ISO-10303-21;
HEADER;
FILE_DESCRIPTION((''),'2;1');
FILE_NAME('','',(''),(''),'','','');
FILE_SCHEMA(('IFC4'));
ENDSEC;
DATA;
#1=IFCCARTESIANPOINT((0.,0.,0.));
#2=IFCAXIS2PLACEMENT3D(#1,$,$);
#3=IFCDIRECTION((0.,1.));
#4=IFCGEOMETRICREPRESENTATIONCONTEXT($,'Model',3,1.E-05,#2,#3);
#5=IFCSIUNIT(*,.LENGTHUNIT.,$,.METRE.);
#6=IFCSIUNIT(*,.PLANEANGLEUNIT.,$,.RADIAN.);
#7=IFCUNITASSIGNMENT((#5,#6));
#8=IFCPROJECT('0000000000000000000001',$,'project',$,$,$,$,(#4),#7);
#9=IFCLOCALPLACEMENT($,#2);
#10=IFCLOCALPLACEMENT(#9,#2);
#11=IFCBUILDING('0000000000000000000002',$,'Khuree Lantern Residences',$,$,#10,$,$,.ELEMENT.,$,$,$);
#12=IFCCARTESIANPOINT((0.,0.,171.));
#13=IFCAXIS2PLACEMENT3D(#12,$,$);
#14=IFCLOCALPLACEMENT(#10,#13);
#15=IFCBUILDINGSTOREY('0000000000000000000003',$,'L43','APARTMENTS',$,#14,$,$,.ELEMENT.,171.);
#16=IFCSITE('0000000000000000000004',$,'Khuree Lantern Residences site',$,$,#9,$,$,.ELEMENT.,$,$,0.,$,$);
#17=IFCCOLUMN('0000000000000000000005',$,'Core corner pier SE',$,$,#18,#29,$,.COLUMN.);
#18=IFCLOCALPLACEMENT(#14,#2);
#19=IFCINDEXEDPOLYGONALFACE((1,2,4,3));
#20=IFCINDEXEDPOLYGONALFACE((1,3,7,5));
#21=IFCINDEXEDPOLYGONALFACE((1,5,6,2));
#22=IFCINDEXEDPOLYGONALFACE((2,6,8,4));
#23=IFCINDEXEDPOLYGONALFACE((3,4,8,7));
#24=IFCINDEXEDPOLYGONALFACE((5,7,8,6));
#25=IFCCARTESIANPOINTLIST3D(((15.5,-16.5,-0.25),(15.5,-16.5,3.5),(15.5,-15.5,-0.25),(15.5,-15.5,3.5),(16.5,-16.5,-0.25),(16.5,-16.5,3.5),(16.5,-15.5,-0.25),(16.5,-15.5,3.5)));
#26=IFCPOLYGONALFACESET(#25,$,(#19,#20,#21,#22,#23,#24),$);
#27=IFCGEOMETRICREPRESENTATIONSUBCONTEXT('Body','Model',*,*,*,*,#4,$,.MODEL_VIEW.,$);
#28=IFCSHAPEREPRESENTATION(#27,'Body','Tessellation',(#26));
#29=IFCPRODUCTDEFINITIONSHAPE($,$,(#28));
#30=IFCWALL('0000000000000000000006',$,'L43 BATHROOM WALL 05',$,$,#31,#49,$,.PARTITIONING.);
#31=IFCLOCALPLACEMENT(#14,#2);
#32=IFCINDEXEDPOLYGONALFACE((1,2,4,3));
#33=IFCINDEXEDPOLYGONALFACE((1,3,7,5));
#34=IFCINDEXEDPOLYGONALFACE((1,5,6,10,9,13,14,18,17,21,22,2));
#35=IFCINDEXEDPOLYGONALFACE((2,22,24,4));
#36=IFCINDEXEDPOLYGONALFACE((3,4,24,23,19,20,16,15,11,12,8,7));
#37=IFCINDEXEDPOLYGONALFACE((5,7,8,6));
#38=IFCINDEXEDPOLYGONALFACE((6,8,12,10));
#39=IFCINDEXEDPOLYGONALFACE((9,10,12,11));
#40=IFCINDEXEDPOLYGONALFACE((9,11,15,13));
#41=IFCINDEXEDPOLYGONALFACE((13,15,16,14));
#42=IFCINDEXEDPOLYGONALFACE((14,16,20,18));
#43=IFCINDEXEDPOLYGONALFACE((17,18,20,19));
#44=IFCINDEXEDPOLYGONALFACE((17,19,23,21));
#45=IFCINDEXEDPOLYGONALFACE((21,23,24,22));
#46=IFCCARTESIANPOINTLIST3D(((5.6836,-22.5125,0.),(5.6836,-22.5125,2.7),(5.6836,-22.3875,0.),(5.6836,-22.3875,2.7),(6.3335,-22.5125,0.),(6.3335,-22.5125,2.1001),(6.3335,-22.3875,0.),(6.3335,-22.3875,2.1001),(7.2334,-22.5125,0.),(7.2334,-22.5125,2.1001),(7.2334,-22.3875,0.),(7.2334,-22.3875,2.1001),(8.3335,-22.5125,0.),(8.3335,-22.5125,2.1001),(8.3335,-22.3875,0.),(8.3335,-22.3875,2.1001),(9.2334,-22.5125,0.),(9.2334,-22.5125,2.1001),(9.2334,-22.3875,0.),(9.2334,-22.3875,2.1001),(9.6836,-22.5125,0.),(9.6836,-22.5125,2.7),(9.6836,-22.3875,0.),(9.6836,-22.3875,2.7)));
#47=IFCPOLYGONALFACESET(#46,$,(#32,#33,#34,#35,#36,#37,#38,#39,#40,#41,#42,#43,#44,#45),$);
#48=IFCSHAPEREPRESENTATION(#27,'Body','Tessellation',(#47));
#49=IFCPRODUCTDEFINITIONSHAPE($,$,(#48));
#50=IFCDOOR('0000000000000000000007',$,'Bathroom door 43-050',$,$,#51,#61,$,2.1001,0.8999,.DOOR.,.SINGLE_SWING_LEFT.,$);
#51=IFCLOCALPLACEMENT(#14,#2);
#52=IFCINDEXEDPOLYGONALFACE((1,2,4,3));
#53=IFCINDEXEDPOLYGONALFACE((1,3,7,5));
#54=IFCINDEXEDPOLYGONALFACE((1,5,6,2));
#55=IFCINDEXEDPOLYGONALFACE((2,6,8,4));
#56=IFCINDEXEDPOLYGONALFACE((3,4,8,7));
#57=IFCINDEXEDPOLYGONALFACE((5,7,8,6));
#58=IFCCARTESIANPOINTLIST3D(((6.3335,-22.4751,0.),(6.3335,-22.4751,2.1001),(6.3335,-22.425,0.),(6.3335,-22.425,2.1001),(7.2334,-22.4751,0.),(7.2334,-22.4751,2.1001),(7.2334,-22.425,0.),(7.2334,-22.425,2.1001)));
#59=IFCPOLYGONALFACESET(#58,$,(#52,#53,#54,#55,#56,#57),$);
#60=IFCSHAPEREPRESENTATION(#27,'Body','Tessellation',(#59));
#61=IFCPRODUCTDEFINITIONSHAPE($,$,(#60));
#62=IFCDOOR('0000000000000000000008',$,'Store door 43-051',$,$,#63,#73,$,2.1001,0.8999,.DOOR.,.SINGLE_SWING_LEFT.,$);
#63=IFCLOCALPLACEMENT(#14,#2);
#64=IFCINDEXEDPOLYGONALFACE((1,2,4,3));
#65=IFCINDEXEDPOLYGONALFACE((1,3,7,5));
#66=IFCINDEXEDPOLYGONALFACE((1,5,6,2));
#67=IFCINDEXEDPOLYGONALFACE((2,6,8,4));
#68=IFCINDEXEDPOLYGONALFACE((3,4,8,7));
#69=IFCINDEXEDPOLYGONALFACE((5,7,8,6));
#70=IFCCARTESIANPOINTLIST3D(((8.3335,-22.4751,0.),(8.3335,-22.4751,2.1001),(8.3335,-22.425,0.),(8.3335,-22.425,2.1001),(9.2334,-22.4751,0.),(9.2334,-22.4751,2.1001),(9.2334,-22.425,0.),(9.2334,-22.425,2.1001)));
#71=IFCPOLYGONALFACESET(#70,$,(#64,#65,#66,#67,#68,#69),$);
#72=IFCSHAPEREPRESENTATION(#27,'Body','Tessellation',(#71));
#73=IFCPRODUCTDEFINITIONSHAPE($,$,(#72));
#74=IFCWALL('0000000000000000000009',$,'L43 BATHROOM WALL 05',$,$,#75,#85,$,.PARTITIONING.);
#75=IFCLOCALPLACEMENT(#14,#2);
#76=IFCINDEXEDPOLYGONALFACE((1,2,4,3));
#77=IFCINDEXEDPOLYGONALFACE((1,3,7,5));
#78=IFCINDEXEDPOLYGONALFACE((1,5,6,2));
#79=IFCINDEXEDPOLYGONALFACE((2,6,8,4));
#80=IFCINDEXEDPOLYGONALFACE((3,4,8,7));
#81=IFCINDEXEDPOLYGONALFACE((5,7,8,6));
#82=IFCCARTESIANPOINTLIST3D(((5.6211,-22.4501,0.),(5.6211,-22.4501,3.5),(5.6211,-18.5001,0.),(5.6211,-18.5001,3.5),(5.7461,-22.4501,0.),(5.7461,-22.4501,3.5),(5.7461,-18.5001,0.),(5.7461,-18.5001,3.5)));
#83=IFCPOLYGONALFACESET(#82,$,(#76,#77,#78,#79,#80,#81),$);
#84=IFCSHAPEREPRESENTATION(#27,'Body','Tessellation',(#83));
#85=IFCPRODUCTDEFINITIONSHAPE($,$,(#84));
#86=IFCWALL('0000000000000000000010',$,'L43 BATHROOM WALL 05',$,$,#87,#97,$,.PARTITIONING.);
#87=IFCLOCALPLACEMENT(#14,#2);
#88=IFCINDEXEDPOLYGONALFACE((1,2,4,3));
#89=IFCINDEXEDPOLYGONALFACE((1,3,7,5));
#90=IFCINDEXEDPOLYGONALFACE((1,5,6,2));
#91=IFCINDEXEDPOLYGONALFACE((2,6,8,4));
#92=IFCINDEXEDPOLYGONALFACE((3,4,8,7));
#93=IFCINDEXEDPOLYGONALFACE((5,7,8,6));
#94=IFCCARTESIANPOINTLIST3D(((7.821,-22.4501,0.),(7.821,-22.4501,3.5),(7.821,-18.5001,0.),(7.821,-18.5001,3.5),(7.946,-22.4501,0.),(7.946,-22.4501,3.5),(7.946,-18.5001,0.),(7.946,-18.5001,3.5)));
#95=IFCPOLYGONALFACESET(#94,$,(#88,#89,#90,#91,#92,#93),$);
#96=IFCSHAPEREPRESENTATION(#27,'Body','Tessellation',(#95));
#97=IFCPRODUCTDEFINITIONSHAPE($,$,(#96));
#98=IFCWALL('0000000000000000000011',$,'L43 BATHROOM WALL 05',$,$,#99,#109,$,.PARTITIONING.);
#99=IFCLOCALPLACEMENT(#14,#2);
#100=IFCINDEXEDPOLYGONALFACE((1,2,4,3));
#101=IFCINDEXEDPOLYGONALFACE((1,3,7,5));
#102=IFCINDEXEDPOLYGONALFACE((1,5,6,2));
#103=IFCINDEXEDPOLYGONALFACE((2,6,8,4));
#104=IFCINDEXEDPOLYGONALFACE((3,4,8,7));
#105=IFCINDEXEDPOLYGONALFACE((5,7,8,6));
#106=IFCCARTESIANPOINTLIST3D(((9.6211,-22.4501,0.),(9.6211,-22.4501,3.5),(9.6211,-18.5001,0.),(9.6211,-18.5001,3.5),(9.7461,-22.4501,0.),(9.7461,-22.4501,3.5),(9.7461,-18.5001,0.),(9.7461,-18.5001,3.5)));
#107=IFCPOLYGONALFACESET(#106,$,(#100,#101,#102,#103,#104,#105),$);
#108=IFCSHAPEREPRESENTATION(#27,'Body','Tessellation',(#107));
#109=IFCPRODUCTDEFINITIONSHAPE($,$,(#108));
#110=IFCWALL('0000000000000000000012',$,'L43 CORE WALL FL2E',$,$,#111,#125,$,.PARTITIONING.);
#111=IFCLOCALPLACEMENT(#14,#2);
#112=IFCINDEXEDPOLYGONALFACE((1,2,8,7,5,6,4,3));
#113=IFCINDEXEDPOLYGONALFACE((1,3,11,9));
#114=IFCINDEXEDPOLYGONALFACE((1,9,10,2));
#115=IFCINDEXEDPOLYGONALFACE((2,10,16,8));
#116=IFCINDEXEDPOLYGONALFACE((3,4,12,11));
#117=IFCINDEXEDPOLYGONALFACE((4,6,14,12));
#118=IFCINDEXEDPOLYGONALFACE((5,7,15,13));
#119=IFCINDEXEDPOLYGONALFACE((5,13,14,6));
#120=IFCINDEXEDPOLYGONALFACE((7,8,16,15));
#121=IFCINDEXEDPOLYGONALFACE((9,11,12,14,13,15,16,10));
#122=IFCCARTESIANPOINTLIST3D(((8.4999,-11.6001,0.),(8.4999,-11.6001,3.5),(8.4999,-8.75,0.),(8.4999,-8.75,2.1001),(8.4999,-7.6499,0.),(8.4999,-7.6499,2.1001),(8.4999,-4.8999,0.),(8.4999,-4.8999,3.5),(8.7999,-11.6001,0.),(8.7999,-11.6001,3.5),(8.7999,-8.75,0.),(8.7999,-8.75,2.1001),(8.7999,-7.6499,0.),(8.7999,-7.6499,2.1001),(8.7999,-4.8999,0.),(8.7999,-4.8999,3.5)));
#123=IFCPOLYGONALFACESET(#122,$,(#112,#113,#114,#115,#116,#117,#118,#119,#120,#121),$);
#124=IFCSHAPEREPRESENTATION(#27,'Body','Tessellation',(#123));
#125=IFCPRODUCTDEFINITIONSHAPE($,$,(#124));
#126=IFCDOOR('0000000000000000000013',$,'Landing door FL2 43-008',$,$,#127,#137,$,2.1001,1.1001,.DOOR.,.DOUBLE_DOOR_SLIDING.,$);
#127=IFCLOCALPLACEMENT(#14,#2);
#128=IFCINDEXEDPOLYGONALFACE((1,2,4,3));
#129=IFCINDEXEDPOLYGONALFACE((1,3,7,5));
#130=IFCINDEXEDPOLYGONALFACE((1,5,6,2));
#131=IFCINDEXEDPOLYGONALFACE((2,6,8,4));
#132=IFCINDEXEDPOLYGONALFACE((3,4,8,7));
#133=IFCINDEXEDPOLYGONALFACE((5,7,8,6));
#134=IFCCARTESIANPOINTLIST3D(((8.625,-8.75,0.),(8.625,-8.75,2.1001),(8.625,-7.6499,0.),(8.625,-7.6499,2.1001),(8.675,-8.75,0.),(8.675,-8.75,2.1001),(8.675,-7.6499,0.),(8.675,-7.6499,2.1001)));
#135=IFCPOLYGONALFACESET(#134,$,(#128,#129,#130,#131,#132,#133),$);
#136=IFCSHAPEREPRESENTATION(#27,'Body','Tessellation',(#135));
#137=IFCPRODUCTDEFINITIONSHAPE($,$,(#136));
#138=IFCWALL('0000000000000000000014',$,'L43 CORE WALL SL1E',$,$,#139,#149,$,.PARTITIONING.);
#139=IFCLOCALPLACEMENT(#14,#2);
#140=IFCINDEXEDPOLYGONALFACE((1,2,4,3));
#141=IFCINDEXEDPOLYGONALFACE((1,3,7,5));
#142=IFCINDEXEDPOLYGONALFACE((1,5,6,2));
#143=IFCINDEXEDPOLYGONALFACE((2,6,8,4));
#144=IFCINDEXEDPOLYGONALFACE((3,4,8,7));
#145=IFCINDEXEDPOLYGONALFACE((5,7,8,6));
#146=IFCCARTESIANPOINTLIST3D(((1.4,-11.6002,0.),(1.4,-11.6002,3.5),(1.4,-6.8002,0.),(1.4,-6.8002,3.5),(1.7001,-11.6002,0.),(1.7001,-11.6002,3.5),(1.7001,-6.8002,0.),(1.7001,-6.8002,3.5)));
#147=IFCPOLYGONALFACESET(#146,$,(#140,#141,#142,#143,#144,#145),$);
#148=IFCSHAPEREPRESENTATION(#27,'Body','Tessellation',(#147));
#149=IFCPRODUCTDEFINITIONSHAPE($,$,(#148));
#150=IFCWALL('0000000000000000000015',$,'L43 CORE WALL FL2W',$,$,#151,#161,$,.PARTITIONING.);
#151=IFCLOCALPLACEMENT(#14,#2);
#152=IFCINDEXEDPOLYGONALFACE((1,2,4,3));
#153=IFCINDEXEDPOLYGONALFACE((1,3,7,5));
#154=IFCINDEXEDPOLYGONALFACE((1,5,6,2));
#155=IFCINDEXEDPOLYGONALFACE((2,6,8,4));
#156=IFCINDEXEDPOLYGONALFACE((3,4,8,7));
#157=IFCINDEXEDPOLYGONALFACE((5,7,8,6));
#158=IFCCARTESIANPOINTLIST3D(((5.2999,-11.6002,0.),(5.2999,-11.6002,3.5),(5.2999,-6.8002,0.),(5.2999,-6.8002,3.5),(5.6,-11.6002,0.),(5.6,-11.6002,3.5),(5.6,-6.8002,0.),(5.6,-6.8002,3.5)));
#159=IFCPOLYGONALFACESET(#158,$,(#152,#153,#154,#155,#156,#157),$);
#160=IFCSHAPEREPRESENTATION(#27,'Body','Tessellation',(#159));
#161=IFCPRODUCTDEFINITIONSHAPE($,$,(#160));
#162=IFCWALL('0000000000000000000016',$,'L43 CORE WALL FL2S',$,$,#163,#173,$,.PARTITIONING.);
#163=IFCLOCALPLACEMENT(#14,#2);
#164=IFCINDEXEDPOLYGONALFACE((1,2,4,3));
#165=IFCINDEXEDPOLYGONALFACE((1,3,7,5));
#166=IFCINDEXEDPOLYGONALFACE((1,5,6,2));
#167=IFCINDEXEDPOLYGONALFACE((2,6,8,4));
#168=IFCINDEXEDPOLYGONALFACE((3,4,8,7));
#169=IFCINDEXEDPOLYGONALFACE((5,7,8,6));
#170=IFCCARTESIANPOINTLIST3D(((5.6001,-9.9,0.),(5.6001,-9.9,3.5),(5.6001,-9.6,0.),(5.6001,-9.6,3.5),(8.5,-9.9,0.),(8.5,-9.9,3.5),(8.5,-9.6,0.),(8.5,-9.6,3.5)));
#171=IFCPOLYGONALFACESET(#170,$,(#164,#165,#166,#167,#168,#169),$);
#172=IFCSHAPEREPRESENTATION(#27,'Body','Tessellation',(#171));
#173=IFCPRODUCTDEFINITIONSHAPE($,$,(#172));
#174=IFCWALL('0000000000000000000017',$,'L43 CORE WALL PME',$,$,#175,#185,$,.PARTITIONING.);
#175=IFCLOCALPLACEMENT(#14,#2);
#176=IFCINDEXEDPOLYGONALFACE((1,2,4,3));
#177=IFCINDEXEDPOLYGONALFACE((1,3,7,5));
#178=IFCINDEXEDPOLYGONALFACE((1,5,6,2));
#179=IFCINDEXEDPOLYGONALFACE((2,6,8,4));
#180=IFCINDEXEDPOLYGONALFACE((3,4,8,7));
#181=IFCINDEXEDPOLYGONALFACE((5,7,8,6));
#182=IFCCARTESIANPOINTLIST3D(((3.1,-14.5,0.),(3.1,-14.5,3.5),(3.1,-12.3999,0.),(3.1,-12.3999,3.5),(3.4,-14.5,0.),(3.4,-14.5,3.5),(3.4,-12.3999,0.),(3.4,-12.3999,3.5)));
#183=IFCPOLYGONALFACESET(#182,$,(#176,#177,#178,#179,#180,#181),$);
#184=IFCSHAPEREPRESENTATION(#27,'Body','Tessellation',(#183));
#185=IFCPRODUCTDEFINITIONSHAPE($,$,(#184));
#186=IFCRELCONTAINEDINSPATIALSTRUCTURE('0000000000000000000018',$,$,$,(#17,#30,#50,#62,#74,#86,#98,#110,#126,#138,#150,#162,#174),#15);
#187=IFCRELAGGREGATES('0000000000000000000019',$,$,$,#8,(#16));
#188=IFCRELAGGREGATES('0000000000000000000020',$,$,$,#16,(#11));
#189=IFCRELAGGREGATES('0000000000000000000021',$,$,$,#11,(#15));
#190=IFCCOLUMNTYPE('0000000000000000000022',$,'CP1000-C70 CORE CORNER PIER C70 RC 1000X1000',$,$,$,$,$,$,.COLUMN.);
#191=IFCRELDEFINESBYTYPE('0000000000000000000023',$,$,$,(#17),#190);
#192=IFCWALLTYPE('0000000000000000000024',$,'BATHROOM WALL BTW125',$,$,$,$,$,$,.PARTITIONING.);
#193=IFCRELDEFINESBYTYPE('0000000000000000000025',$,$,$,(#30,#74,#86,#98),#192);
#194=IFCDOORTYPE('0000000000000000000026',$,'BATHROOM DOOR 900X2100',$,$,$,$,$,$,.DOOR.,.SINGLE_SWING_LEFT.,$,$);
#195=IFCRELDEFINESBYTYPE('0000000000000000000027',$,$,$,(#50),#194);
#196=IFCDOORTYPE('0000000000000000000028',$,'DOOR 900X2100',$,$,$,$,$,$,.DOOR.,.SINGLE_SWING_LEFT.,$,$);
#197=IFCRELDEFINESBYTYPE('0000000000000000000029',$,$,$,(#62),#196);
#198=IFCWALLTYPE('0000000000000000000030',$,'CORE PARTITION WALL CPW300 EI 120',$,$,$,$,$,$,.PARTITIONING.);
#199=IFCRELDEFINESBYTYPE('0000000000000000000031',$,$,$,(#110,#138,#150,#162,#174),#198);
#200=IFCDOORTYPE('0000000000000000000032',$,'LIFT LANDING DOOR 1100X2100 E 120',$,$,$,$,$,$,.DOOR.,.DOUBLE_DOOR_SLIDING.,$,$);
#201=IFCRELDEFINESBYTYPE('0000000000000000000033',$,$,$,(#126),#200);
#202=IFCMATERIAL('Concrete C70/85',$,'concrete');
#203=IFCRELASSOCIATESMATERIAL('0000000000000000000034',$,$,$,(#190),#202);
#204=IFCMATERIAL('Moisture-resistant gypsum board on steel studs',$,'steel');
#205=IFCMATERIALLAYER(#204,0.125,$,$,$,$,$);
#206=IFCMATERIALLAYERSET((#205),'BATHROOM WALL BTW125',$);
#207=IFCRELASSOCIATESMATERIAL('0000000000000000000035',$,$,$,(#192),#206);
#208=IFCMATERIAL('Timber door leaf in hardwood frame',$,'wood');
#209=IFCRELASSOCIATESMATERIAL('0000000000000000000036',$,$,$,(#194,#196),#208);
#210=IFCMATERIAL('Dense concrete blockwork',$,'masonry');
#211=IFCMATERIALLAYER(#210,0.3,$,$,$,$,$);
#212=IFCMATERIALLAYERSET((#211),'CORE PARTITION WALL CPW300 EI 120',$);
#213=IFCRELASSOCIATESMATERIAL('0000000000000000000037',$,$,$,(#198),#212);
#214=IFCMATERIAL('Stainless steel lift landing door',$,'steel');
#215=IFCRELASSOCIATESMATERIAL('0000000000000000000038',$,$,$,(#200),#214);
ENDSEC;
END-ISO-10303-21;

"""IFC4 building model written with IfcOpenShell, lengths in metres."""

from ifc_helpers import new_model, si_unit, direction, frame, frame_2d, origin, origin_2d, place, context, subcontext, project, spatial, rectangle, extrude, material, layer, layer_set, material_profile, profile_set, type_object, element, fill, save


model = new_model("IFC4")

# Units and contexts
model_context = context("Model", 3, precision=1e-05, world=origin(), true_north=direction((0.0, 1.0)))
body_context = subcontext(model_context, "Body", "Model", "MODEL_VIEW")
ifc_project = project(units=[si_unit("LENGTHUNIT", "METRE"), si_unit("PLANEANGLEUNIT", "RADIAN")], contexts=[model_context])

# Site, building, storey
site_placement = place(None, origin())
site = spatial("IfcSite", under=ifc_project, at=site_placement, Name="Khuree Lantern Residences site", CompositionType="ELEMENT", RefElevation=0.0)
building_placement = place(site_placement, origin())
building = spatial("IfcBuilding", under=site, at=building_placement, Name="Khuree Lantern Residences", CompositionType="ELEMENT")
storey_placement = place(building_placement, frame((0.0, 0.0, 171.0)))
storey = spatial("IfcBuildingStorey", under=building, at=storey_placement, Name="L43", Description="APARTMENTS", CompositionType="ELEMENT", Elevation=171.0)

# Column
ifc_material_1 = material(Name="Concrete C70/85", Category="concrete")
ifc_material_profile = material_profile(ifc_material_1, rectangle(XDim=1.0, YDim=1.0, at=origin_2d()), Name="RC 1000X1000")
ifc_profile_set = profile_set([ifc_material_profile], Name="Concrete C70/85")
column_type = type_object("IfcColumnType", Name="CP1000-C70 CORE CORNER PIER C70 RC 1000X1000", PredefinedType="COLUMN", material=ifc_profile_set)
column_placement = place(storey_placement, frame((16.0, -16.0, -0.25), z_axis=(0.0, 0.0, 1.0), x_axis=(1.0, 0.0, 0.0)))
element("IfcColumn", 1, at=column_placement, inside=storey, type_object=column_type, Name="Core corner pier SE", PredefinedType="COLUMN", context=body_context, shape_type="SweptSolid", body=[
    extrude(rectangle(XDim=1.0, YDim=1.0, at=origin_2d()), origin(), (0.0, 0.0, 1.0), 3.75),
])

# Wall, openings, doors
ifc_material_2 = material(Name="Moisture-resistant gypsum board on steel studs", Category="steel")
ifc_layer_1 = layer(ifc_material_2, 0.125)
ifc_layer_set_1 = layer_set([ifc_layer_1], Name="BATHROOM WALL BTW125")
wall_type_1 = type_object("IfcWallType", Name="BATHROOM WALL BTW125", PredefinedType="PARTITIONING", material=ifc_layer_set_1)
wall_1_placement = place(storey_placement, frame((5.6836, -22.45, 0.0), z_axis=(0.0, 0.0, 1.0), x_axis=(1.0, 0.0, 0.0)))
wall_1 = element("IfcWall", 2, at=wall_1_placement, inside=storey, type_object=wall_type_1, Name="L43 BATHROOM WALL 05", PredefinedType="PARTITIONING", context=body_context, shape_type="SweptSolid", body=[
    extrude(rectangle(XDim=4.0, YDim=0.125, at=frame_2d((2.0, 0.0))), origin(), (0.0, 0.0, 1.0), 2.7),
])
opening_1_placement = place(wall_1_placement, frame((0.6499, 0.0, 0.0)))
opening_1 = element("IfcOpeningElement", 3, at=opening_1_placement, cuts=wall_1, PredefinedType="OPENING", context=body_context, shape_type="SweptSolid", body=[
    extrude(rectangle(XDim=0.8999, YDim=2.1001, at=frame_2d((0.45, 1.05))), frame((0.0, 0.0725, 0.0), z_axis=(0.0, -1.0, 0.0), x_axis=(1.0, 0.0, 0.0)), (0.0, 0.0, 1.0), 0.145),
])
opening_2_placement = place(wall_1_placement, frame((2.6499, 0.0, 0.0)))
opening_2 = element("IfcOpeningElement", 4, at=opening_2_placement, cuts=wall_1, PredefinedType="OPENING", context=body_context, shape_type="SweptSolid", body=[
    extrude(rectangle(XDim=0.8999, YDim=2.1001, at=frame_2d((0.45, 1.05))), frame((0.0, 0.0725, 0.0), z_axis=(0.0, -1.0, 0.0), x_axis=(1.0, 0.0, 0.0)), (0.0, 0.0, 1.0), 0.145),
])
ifc_material_3 = material(Name="Timber door leaf in hardwood frame", Category="wood")
door_type_1 = type_object("IfcDoorType", Name="BATHROOM DOOR 900X2100", OperationType="SINGLE_SWING_LEFT", PredefinedType="DOOR", material=ifc_material_3)
door_1_placement = place(opening_1_placement, origin())
door_1 = element("IfcDoor", 5, at=door_1_placement, inside=storey, type_object=door_type_1, Name="Bathroom door 43-050", OperationType="SINGLE_SWING_LEFT", OverallHeight=2.1001, OverallWidth=0.8999, PredefinedType="DOOR", context=body_context, shape_type="SweptSolid", body=[
    extrude(rectangle(XDim=0.8999, YDim=2.1001, at=frame_2d((0.45, 1.05))), frame((0.0, 0.0249, 0.0), z_axis=(0.0, -1.0, 0.0), x_axis=(1.0, 0.0, 0.0)), (0.0, 0.0, 1.0), 0.05),
])
fill(opening_1, door_1)
door_type_2 = type_object("IfcDoorType", Name="DOOR 900X2100", OperationType="SINGLE_SWING_LEFT", PredefinedType="DOOR", material=ifc_material_3)
door_2_placement = place(opening_2_placement, origin())
door_2 = element("IfcDoor", 6, at=door_2_placement, inside=storey, type_object=door_type_2, Name="Store door 43-051", OperationType="SINGLE_SWING_LEFT", OverallHeight=2.1001, OverallWidth=0.8999, PredefinedType="DOOR", context=body_context, shape_type="SweptSolid", body=[
    extrude(rectangle(XDim=0.8999, YDim=2.1001, at=frame_2d((0.45, 1.05))), frame((0.0, 0.0249, 0.0), z_axis=(0.0, -1.0, 0.0), x_axis=(1.0, 0.0, 0.0)), (0.0, 0.0, 1.0), 0.05),
])
fill(opening_2, door_2)

# Walls
for number, where, z_axis, x_axis, name in (
    (7, (5.6836, -18.5, 0.0), (0.0, 0.0, 1.0), (0.0, -1.0, 0.0), "L43 BATHROOM WALL 05"),
    (8, (7.8835, -18.5, 0.0), (0.0, 0.0, 1.0), (0.0, -1.0, 0.0), "L43 BATHROOM WALL 05"),
    (9, (9.6836, -18.5, 0.0), (0.0, 0.0, 1.0), (0.0, -1.0, 0.0), "L43 BATHROOM WALL 05"),
):
    element("IfcWall", number, at=place(storey_placement, frame(where, z_axis=z_axis, x_axis=x_axis)), inside=storey, type_object=wall_type_1, Name=name, PredefinedType="PARTITIONING", context=body_context, shape_type="SweptSolid", body=[
        extrude(rectangle(XDim=3.95, YDim=0.125, at=frame_2d((1.9751, 0.0))), origin(), (0.0, 0.0, 1.0), 3.5),
    ])

# Wall, opening, door
ifc_material_4 = material(Name="Dense concrete blockwork", Category="masonry")
ifc_layer_2 = layer(ifc_material_4, 0.3)
ifc_layer_set_2 = layer_set([ifc_layer_2], Name="CORE PARTITION WALL CPW300 EI 120")
wall_type_2 = type_object("IfcWallType", Name="CORE PARTITION WALL CPW300 EI 120", PredefinedType="PARTITIONING", material=ifc_layer_set_2)
wall_2_placement = place(storey_placement, frame((8.6499, -11.6001, 0.0), z_axis=(0.0, 0.0, 1.0), x_axis=(0.0, 1.0, 0.0)))
wall_2 = element("IfcWall", 10, at=wall_2_placement, inside=storey, type_object=wall_type_2, Name="L43 CORE WALL FL2E", PredefinedType="PARTITIONING", context=body_context, shape_type="SweptSolid", body=[
    extrude(rectangle(XDim=6.7002, YDim=0.3, at=frame_2d((3.3501, 0.0))), origin(), (0.0, 0.0, 1.0), 3.5),
])
opening_3_placement = place(wall_2_placement, frame((2.8501, 0.0, 0.0)))
opening_3 = element("IfcOpeningElement", 11, at=opening_3_placement, cuts=wall_2, PredefinedType="OPENING", context=body_context, shape_type="SweptSolid", body=[
    extrude(rectangle(XDim=1.1001, YDim=2.1001, at=frame_2d((0.55, 1.05))), frame((0.0, 0.1602, 0.0), z_axis=(0.0, -1.0, 0.0), x_axis=(1.0, 0.0, 0.0)), (0.0, 0.0, 1.0), 0.3201),
])
ifc_material_5 = material(Name="Stainless steel lift landing door", Category="steel")
door_type_3 = type_object("IfcDoorType", Name="LIFT LANDING DOOR 1100X2100 E 120", OperationType="DOUBLE_DOOR_SLIDING", PredefinedType="DOOR", material=ifc_material_5)
door_3_placement = place(opening_3_placement, origin())
door_3 = element("IfcDoor", 12, at=door_3_placement, inside=storey, type_object=door_type_3, Name="Landing door FL2 43-008", OperationType="DOUBLE_DOOR_SLIDING", OverallHeight=2.1001, OverallWidth=1.1001, PredefinedType="DOOR", context=body_context, shape_type="SweptSolid", body=[
    extrude(rectangle(XDim=1.1001, YDim=2.1001, at=frame_2d((0.55, 1.05))), frame((0.0, 0.0249, 0.0), z_axis=(0.0, -1.0, 0.0), x_axis=(1.0, 0.0, 0.0)), (0.0, 0.0, 1.0), 0.05),
])
fill(opening_3, door_3)

# Walls
for number, where, z_axis, x_axis, name in (
    (13, (1.55, -11.6001, 0.0), (0.0, 0.0, 1.0), (0.0, 1.0, 0.0), "L43 CORE WALL SL1E"),
    (14, (5.45, -11.6001, 0.0), (0.0, 0.0, 1.0), (0.0, 1.0, 0.0), "L43 CORE WALL FL2W"),
):
    element("IfcWall", number, at=place(storey_placement, frame(where, z_axis=z_axis, x_axis=x_axis)), inside=storey, type_object=wall_type_2, Name=name, PredefinedType="PARTITIONING", context=body_context, shape_type="SweptSolid", body=[
        extrude(rectangle(XDim=4.8, YDim=0.3, at=frame_2d((2.3999, 0.0))), origin(), (0.0, 0.0, 1.0), 3.5),
    ])
wall_3_placement = place(storey_placement, frame((5.6001, -9.75, 0.0), z_axis=(0.0, 0.0, 1.0), x_axis=(1.0, 0.0, 0.0)))
element("IfcWall", 15, at=wall_3_placement, inside=storey, type_object=wall_type_2, Name="L43 CORE WALL FL2S", PredefinedType="PARTITIONING", context=body_context, shape_type="SweptSolid", body=[
    extrude(rectangle(XDim=2.8999, YDim=0.3, at=frame_2d((1.45, 0.0))), origin(), (0.0, 0.0, 1.0), 3.5),
])
wall_4_placement = place(storey_placement, frame((3.25, -14.5, 0.0), z_axis=(0.0, 0.0, 1.0), x_axis=(0.0, 1.0, 0.0)))
element("IfcWall", 16, at=wall_4_placement, inside=storey, type_object=wall_type_2, Name="L43 CORE WALL PME", PredefinedType="PARTITIONING", context=body_context, shape_type="SweptSolid", body=[
    extrude(rectangle(XDim=2.1001, YDim=0.3, at=frame_2d((1.05, 0.0))), origin(), (0.0, 0.0, 1.0), 3.5),
])

save(model, "model.ifc")
